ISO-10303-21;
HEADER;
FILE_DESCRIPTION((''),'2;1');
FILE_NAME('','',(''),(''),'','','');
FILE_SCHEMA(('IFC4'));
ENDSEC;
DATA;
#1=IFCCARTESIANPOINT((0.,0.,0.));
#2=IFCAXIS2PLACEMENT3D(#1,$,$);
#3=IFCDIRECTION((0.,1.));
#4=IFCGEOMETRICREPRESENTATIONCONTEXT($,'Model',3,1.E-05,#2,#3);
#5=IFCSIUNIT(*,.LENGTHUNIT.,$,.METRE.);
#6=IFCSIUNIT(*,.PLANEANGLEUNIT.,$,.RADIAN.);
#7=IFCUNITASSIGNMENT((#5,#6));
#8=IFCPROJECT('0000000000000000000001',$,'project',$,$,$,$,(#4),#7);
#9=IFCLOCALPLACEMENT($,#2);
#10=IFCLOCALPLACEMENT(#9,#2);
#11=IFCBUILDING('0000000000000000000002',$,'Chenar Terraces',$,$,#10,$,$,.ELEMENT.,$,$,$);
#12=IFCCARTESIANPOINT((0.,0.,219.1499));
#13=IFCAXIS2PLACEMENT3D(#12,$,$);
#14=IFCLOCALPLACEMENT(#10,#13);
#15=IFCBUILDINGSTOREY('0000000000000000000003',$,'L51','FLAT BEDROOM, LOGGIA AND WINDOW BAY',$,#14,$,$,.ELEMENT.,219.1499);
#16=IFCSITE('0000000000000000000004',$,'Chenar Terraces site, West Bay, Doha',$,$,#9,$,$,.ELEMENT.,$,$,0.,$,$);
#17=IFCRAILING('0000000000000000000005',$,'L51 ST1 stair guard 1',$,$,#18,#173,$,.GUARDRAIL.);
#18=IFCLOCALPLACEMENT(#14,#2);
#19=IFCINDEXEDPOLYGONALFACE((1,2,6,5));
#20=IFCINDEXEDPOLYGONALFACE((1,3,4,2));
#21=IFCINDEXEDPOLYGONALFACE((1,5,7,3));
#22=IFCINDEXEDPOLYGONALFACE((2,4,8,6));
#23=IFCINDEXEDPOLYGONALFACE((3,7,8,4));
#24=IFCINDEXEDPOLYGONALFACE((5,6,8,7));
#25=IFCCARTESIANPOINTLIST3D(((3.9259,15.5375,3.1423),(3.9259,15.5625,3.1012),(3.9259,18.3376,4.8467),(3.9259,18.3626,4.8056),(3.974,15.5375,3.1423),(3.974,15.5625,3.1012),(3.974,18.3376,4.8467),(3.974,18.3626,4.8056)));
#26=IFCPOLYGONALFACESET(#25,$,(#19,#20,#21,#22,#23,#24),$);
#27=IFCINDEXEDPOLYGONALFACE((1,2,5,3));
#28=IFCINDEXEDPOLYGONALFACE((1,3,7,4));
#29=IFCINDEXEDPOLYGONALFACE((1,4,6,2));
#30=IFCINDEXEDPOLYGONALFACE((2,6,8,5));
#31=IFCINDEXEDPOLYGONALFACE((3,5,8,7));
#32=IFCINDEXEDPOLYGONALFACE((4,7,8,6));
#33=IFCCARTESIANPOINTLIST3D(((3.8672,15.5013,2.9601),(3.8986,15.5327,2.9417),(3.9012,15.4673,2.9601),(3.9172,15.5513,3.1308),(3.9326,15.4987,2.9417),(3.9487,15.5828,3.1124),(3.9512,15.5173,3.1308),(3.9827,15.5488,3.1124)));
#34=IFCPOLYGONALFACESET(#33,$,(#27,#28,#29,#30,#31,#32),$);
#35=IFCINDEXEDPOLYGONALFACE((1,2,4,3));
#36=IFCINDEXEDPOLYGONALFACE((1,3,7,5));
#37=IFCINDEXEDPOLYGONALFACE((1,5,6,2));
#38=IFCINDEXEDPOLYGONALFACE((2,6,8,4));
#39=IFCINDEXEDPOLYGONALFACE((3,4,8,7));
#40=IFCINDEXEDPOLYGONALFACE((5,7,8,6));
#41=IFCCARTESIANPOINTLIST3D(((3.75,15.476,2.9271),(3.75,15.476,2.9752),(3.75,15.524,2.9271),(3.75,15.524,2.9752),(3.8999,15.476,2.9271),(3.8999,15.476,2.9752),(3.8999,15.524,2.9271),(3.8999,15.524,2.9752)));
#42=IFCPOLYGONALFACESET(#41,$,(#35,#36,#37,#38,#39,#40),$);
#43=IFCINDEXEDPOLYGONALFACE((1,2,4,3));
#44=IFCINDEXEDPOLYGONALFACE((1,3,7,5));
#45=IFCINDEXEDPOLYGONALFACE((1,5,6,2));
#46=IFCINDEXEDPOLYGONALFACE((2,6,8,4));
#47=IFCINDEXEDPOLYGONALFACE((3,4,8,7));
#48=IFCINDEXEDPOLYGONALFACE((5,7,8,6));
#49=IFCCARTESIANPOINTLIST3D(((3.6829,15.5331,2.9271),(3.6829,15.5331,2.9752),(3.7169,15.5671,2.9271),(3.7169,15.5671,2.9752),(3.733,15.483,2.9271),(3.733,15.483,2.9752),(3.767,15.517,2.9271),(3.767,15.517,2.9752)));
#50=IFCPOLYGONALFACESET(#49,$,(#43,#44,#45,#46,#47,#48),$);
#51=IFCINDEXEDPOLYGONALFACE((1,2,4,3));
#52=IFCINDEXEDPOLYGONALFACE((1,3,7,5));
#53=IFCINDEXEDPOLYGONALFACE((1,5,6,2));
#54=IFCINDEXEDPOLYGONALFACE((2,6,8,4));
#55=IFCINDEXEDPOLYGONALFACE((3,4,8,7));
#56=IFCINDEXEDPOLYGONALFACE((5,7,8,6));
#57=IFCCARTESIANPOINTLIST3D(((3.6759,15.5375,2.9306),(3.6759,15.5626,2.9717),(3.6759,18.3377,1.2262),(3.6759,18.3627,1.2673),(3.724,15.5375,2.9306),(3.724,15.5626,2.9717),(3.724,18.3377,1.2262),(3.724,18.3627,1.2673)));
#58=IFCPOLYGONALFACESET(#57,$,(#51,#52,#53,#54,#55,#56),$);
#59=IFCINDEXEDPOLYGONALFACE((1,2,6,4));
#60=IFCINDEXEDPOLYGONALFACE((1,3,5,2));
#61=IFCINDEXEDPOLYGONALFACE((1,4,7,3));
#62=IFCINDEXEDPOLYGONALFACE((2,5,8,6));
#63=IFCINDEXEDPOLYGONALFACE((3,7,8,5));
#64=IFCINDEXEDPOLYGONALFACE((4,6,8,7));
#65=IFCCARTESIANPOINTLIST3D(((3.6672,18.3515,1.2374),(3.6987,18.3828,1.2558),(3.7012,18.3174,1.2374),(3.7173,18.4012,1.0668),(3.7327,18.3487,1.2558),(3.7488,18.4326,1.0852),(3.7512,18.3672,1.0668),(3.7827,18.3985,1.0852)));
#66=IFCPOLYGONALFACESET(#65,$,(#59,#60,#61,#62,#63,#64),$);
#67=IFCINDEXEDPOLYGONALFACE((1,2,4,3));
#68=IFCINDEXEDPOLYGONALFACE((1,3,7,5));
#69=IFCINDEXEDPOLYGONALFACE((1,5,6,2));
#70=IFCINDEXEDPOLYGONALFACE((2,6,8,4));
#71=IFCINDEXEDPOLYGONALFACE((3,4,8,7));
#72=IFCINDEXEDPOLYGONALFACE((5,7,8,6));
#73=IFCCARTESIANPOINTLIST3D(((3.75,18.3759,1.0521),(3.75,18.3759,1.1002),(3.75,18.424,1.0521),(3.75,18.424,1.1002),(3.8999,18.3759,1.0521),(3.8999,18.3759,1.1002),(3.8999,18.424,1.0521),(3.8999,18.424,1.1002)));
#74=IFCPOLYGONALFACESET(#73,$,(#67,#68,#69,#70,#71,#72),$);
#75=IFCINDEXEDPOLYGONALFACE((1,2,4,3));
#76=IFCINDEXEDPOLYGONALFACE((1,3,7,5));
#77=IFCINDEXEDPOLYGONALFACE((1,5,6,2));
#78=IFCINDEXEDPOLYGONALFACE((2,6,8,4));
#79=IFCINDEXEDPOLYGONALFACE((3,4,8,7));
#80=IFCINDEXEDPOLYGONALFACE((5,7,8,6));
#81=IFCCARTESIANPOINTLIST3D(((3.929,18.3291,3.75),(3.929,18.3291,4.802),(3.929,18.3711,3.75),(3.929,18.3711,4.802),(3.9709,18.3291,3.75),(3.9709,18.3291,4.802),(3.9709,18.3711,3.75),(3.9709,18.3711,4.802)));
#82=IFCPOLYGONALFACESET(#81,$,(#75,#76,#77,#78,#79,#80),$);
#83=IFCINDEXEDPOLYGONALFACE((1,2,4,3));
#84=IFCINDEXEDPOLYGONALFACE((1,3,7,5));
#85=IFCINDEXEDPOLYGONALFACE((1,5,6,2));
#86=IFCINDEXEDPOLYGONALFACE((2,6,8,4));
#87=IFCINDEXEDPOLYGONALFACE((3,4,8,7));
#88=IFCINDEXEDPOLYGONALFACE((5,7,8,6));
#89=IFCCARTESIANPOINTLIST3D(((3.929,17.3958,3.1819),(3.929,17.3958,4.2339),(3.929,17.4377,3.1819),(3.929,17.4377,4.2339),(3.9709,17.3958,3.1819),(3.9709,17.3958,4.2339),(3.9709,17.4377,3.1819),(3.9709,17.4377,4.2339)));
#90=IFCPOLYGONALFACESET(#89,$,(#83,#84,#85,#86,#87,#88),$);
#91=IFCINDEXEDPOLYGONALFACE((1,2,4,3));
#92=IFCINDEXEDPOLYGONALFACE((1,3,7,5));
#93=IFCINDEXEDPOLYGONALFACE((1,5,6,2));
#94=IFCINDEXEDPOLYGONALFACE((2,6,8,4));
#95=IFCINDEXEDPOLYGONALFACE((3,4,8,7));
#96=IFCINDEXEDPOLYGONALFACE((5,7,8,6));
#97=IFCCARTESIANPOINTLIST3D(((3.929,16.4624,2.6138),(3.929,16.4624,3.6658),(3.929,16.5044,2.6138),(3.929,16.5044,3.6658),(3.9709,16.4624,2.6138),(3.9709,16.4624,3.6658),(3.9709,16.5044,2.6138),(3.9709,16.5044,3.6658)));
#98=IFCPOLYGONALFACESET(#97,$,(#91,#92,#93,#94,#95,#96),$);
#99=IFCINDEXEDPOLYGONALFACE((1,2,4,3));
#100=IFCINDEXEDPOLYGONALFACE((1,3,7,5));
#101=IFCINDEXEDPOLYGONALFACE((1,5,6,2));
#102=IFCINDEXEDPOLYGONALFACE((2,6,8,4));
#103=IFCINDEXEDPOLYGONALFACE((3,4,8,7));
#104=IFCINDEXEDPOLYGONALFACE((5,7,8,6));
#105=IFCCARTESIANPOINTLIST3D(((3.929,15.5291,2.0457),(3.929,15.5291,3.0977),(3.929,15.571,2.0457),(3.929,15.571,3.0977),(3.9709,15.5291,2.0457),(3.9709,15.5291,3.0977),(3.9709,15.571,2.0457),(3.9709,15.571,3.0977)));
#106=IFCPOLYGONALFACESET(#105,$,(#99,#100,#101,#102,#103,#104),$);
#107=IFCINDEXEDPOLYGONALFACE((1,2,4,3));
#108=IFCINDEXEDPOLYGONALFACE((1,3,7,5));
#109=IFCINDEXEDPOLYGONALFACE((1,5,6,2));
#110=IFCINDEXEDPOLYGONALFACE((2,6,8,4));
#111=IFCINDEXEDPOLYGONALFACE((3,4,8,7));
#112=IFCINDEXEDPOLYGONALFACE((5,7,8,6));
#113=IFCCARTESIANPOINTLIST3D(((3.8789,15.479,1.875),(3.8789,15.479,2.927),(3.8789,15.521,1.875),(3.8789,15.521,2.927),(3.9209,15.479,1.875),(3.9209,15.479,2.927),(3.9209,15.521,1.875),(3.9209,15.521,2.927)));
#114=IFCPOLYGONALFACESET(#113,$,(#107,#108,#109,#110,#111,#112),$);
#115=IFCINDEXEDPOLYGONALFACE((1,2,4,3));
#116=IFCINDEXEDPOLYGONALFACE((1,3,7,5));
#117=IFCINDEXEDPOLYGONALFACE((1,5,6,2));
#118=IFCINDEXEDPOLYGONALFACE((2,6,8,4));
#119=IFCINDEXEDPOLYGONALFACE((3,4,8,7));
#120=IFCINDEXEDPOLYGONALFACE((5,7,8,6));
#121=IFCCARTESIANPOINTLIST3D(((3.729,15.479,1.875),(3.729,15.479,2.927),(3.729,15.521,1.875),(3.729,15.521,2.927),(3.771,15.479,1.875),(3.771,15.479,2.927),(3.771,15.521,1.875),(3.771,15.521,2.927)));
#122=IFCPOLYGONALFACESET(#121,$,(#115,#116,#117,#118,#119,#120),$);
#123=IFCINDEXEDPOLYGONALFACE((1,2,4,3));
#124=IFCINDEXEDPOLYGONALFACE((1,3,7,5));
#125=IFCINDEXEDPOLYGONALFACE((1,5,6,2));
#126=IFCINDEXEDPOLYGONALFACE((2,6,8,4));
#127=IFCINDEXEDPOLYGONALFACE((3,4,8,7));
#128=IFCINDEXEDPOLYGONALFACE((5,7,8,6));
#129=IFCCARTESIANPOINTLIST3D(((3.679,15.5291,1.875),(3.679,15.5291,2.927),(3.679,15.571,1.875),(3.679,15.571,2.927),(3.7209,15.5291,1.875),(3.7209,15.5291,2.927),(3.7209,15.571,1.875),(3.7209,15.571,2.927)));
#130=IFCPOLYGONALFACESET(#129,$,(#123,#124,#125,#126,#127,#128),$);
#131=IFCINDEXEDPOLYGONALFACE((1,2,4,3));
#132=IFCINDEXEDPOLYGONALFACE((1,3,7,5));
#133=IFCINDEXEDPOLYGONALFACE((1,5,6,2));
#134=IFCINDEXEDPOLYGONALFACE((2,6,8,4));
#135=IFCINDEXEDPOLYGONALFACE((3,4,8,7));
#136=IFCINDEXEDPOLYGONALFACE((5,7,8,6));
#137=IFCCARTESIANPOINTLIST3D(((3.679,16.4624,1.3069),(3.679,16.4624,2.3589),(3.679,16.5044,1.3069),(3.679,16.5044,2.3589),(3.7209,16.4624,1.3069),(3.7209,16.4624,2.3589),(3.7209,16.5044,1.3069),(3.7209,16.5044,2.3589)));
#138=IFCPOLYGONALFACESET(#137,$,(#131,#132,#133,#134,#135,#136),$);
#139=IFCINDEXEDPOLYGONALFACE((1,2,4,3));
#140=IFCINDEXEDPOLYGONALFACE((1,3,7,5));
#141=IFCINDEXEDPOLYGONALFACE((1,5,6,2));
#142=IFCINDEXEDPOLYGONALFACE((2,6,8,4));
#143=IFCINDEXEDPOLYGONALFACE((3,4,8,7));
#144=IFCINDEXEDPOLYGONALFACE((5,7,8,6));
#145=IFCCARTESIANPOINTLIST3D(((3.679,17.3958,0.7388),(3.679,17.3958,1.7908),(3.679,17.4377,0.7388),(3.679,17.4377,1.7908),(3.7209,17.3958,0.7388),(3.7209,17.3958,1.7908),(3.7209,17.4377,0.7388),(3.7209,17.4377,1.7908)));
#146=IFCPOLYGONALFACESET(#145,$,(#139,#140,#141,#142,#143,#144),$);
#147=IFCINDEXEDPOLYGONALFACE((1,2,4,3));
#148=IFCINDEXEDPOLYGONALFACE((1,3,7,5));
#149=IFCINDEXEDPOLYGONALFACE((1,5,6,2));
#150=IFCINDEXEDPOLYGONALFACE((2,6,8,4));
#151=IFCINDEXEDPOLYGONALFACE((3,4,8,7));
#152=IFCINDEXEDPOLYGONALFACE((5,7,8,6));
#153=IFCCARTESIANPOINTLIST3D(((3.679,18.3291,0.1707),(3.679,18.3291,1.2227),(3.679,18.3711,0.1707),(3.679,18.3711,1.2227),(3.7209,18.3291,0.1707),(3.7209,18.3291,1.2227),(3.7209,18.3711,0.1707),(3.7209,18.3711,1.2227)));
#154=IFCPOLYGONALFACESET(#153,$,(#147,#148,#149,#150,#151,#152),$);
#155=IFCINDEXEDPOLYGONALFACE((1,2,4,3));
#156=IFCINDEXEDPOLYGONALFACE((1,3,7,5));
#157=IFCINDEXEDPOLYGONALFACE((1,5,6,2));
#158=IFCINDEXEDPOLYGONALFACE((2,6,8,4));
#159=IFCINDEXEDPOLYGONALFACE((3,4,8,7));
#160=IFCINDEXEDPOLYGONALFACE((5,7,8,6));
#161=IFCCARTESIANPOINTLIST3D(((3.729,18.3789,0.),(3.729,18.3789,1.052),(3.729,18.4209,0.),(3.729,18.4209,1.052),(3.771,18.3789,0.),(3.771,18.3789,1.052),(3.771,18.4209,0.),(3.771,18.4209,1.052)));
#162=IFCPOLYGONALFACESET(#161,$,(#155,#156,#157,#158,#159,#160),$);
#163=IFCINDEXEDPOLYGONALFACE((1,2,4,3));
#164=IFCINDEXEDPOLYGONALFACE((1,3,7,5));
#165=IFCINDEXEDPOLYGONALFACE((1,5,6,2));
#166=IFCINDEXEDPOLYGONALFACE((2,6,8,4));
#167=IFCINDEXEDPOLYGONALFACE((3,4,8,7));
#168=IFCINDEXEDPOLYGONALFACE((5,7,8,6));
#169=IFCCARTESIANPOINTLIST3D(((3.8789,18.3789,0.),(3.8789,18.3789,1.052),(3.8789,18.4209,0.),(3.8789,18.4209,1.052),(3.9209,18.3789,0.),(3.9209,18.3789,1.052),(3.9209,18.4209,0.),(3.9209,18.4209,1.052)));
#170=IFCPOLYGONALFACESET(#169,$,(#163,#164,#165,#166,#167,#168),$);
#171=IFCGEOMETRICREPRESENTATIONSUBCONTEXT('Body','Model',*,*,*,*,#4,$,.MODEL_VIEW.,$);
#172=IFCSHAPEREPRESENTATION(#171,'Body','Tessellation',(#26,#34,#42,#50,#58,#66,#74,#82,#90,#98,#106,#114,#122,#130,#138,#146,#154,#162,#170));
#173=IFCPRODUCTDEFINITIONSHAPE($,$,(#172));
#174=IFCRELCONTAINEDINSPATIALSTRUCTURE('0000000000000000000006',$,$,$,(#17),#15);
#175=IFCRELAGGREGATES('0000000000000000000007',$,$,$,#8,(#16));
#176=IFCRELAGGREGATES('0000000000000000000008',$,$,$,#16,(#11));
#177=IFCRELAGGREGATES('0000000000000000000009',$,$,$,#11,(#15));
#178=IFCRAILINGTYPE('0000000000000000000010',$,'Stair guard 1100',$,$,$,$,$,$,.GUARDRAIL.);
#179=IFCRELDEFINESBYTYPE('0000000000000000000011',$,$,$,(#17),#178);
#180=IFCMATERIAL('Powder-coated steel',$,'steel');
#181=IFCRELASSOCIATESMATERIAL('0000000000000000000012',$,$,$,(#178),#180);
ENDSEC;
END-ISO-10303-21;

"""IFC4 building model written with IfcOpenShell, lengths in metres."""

from ifc_helpers import new_model, si_unit, direction, frame, origin, origin_2d, place, context, subcontext, project, spatial, rectangle, extrude, material, type_object, element, save


model = new_model("IFC4")

# Units and contexts
model_context = context("Model", 3, precision=1e-05, world=origin(), true_north=direction((0.0, 1.0)))
body_context = subcontext(model_context, "Body", "Model", "MODEL_VIEW")
ifc_project = project(units=[si_unit("LENGTHUNIT", "METRE"), si_unit("PLANEANGLEUNIT", "RADIAN")], contexts=[model_context])

# Site, building, storey
site_placement = place(None, origin())
site = spatial("IfcSite", under=ifc_project, at=site_placement, Name="Chenar Terraces site, West Bay, Doha", CompositionType="ELEMENT", RefElevation=0.0)
building_placement = place(site_placement, origin())
building = spatial("IfcBuilding", under=site, at=building_placement, Name="Chenar Terraces", CompositionType="ELEMENT")
storey_placement = place(building_placement, frame((0.0, 0.0, 219.1499)))
storey = spatial("IfcBuildingStorey", under=building, at=storey_placement, Name="L51", Description="FLAT BEDROOM, LOGGIA AND WINDOW BAY", CompositionType="ELEMENT", Elevation=219.1499)

# Railing
ifc_material_1 = material(Name="Powder-coated steel", Category="steel")
railing_type = type_object("IfcRailingType", Name="Stair guard 1100", PredefinedType="GUARDRAIL", material=ifc_material_1)
railing_placement = place(storey_placement, frame((3.95, 18.3501, 3.75)))
element("IfcRailing", 1, at=railing_placement, inside=storey, type_object=railing_type, Name="L51 ST1 stair guard 1", PredefinedType="GUARDRAIL", context=body_context, shape_type="SweptSolid", body=[
    extrude(rectangle(XDim=0.0481, YDim=0.0481, at=origin_2d()), frame((0.0, 0.0, 1.0762), z_axis=(0.0, -0.854203, -0.51994), x_axis=(1.0, 0.0, 0.0)), (0.0, 0.0, 1.0), 3.2781),
    extrude(rectangle(XDim=0.0481, YDim=0.0481, at=origin_2d()), frame((0.0, -2.8, -0.6284), z_axis=(-0.2709, -0.2709, -0.923703), x_axis=(0.707107, -0.707107, 0.0)), (0.0, 0.0, 1.0), 0.1848),
    extrude(rectangle(XDim=0.0481, YDim=0.0481, at=origin_2d()), frame((-0.05, -2.8501, -0.7988), z_axis=(-1.0, 0.0, 0.0), x_axis=(0.0, -1.0, 0.0)), (0.0, 0.0, 1.0), 0.1499),
    extrude(rectangle(XDim=0.0481, YDim=0.0481, at=origin_2d()), frame((-0.2, -2.8501, -0.7988), z_axis=(-0.707107, 0.707107, 0.0), x_axis=(-0.707107, -0.707107, 0.0)), (0.0, 0.0, 1.0), 0.0708),
    extrude(rectangle(XDim=0.0481, YDim=0.0481, at=origin_2d()), frame((-0.25, -2.8, -0.7988), z_axis=(0.0, 0.854203, -0.51994), x_axis=(-1.0, 0.0, 0.0)), (0.0, 0.0, 1.0), 3.2781),
    extrude(rectangle(XDim=0.0481, YDim=0.0481, at=origin_2d()), frame((-0.25, 0.0, -2.5034), z_axis=(0.270997, 0.269675, -0.924033), x_axis=(-0.705376, 0.708834, 0.0)), (0.0, 0.0, 1.0), 0.1846),
    extrude(rectangle(XDim=0.0481, YDim=0.0481, at=origin_2d()), frame((-0.2, 0.0498, -2.6738), z_axis=(1.0, 0.0, 0.0), x_axis=(0.0, 1.0, 0.0)), (0.0, 0.0, 1.0), 0.1499),
    extrude(rectangle(XDim=0.042, YDim=0.042, at=origin_2d()), origin(), (0.0, 0.0, 1.0), 1.052),
    extrude(rectangle(XDim=0.042, YDim=0.042, at=origin_2d()), frame((0.0, -0.9333, -0.5681)), (0.0, 0.0, 1.0), 1.052),
    extrude(rectangle(XDim=0.042, YDim=0.042, at=origin_2d()), frame((0.0, -1.8667, -1.1362)), (0.0, 0.0, 1.0), 1.052),
    extrude(rectangle(XDim=0.042, YDim=0.042, at=origin_2d()), frame((0.0, -2.8, -1.7043)), (0.0, 0.0, 1.0), 1.052),
    extrude(rectangle(XDim=0.042, YDim=0.042, at=origin_2d()), frame((-0.05, -2.8501, -1.875)), (0.0, 0.0, 1.0), 1.052),
    extrude(rectangle(XDim=0.042, YDim=0.042, at=origin_2d()), frame((-0.2, -2.8501, -1.875)), (0.0, 0.0, 1.0), 1.052),
    extrude(rectangle(XDim=0.042, YDim=0.042, at=origin_2d()), frame((-0.25, -2.8, -1.875)), (0.0, 0.0, 1.0), 1.052),
    extrude(rectangle(XDim=0.042, YDim=0.042, at=origin_2d()), frame((-0.25, -1.8667, -2.4431)), (0.0, 0.0, 1.0), 1.052),
    extrude(rectangle(XDim=0.042, YDim=0.042, at=origin_2d()), frame((-0.25, -0.9333, -3.0112)), (0.0, 0.0, 1.0), 1.052),
    extrude(rectangle(XDim=0.042, YDim=0.042, at=origin_2d()), frame((-0.25, 0.0, -3.5793)), (0.0, 0.0, 1.0), 1.052),
    extrude(rectangle(XDim=0.042, YDim=0.042, at=origin_2d()), frame((-0.2, 0.0498, -3.75)), (0.0, 0.0, 1.0), 1.052),
    extrude(rectangle(XDim=0.042, YDim=0.042, at=origin_2d()), frame((-0.05, 0.0498, -3.75)), (0.0, 0.0, 1.0), 1.052),
])

save(model, "model.ifc")
